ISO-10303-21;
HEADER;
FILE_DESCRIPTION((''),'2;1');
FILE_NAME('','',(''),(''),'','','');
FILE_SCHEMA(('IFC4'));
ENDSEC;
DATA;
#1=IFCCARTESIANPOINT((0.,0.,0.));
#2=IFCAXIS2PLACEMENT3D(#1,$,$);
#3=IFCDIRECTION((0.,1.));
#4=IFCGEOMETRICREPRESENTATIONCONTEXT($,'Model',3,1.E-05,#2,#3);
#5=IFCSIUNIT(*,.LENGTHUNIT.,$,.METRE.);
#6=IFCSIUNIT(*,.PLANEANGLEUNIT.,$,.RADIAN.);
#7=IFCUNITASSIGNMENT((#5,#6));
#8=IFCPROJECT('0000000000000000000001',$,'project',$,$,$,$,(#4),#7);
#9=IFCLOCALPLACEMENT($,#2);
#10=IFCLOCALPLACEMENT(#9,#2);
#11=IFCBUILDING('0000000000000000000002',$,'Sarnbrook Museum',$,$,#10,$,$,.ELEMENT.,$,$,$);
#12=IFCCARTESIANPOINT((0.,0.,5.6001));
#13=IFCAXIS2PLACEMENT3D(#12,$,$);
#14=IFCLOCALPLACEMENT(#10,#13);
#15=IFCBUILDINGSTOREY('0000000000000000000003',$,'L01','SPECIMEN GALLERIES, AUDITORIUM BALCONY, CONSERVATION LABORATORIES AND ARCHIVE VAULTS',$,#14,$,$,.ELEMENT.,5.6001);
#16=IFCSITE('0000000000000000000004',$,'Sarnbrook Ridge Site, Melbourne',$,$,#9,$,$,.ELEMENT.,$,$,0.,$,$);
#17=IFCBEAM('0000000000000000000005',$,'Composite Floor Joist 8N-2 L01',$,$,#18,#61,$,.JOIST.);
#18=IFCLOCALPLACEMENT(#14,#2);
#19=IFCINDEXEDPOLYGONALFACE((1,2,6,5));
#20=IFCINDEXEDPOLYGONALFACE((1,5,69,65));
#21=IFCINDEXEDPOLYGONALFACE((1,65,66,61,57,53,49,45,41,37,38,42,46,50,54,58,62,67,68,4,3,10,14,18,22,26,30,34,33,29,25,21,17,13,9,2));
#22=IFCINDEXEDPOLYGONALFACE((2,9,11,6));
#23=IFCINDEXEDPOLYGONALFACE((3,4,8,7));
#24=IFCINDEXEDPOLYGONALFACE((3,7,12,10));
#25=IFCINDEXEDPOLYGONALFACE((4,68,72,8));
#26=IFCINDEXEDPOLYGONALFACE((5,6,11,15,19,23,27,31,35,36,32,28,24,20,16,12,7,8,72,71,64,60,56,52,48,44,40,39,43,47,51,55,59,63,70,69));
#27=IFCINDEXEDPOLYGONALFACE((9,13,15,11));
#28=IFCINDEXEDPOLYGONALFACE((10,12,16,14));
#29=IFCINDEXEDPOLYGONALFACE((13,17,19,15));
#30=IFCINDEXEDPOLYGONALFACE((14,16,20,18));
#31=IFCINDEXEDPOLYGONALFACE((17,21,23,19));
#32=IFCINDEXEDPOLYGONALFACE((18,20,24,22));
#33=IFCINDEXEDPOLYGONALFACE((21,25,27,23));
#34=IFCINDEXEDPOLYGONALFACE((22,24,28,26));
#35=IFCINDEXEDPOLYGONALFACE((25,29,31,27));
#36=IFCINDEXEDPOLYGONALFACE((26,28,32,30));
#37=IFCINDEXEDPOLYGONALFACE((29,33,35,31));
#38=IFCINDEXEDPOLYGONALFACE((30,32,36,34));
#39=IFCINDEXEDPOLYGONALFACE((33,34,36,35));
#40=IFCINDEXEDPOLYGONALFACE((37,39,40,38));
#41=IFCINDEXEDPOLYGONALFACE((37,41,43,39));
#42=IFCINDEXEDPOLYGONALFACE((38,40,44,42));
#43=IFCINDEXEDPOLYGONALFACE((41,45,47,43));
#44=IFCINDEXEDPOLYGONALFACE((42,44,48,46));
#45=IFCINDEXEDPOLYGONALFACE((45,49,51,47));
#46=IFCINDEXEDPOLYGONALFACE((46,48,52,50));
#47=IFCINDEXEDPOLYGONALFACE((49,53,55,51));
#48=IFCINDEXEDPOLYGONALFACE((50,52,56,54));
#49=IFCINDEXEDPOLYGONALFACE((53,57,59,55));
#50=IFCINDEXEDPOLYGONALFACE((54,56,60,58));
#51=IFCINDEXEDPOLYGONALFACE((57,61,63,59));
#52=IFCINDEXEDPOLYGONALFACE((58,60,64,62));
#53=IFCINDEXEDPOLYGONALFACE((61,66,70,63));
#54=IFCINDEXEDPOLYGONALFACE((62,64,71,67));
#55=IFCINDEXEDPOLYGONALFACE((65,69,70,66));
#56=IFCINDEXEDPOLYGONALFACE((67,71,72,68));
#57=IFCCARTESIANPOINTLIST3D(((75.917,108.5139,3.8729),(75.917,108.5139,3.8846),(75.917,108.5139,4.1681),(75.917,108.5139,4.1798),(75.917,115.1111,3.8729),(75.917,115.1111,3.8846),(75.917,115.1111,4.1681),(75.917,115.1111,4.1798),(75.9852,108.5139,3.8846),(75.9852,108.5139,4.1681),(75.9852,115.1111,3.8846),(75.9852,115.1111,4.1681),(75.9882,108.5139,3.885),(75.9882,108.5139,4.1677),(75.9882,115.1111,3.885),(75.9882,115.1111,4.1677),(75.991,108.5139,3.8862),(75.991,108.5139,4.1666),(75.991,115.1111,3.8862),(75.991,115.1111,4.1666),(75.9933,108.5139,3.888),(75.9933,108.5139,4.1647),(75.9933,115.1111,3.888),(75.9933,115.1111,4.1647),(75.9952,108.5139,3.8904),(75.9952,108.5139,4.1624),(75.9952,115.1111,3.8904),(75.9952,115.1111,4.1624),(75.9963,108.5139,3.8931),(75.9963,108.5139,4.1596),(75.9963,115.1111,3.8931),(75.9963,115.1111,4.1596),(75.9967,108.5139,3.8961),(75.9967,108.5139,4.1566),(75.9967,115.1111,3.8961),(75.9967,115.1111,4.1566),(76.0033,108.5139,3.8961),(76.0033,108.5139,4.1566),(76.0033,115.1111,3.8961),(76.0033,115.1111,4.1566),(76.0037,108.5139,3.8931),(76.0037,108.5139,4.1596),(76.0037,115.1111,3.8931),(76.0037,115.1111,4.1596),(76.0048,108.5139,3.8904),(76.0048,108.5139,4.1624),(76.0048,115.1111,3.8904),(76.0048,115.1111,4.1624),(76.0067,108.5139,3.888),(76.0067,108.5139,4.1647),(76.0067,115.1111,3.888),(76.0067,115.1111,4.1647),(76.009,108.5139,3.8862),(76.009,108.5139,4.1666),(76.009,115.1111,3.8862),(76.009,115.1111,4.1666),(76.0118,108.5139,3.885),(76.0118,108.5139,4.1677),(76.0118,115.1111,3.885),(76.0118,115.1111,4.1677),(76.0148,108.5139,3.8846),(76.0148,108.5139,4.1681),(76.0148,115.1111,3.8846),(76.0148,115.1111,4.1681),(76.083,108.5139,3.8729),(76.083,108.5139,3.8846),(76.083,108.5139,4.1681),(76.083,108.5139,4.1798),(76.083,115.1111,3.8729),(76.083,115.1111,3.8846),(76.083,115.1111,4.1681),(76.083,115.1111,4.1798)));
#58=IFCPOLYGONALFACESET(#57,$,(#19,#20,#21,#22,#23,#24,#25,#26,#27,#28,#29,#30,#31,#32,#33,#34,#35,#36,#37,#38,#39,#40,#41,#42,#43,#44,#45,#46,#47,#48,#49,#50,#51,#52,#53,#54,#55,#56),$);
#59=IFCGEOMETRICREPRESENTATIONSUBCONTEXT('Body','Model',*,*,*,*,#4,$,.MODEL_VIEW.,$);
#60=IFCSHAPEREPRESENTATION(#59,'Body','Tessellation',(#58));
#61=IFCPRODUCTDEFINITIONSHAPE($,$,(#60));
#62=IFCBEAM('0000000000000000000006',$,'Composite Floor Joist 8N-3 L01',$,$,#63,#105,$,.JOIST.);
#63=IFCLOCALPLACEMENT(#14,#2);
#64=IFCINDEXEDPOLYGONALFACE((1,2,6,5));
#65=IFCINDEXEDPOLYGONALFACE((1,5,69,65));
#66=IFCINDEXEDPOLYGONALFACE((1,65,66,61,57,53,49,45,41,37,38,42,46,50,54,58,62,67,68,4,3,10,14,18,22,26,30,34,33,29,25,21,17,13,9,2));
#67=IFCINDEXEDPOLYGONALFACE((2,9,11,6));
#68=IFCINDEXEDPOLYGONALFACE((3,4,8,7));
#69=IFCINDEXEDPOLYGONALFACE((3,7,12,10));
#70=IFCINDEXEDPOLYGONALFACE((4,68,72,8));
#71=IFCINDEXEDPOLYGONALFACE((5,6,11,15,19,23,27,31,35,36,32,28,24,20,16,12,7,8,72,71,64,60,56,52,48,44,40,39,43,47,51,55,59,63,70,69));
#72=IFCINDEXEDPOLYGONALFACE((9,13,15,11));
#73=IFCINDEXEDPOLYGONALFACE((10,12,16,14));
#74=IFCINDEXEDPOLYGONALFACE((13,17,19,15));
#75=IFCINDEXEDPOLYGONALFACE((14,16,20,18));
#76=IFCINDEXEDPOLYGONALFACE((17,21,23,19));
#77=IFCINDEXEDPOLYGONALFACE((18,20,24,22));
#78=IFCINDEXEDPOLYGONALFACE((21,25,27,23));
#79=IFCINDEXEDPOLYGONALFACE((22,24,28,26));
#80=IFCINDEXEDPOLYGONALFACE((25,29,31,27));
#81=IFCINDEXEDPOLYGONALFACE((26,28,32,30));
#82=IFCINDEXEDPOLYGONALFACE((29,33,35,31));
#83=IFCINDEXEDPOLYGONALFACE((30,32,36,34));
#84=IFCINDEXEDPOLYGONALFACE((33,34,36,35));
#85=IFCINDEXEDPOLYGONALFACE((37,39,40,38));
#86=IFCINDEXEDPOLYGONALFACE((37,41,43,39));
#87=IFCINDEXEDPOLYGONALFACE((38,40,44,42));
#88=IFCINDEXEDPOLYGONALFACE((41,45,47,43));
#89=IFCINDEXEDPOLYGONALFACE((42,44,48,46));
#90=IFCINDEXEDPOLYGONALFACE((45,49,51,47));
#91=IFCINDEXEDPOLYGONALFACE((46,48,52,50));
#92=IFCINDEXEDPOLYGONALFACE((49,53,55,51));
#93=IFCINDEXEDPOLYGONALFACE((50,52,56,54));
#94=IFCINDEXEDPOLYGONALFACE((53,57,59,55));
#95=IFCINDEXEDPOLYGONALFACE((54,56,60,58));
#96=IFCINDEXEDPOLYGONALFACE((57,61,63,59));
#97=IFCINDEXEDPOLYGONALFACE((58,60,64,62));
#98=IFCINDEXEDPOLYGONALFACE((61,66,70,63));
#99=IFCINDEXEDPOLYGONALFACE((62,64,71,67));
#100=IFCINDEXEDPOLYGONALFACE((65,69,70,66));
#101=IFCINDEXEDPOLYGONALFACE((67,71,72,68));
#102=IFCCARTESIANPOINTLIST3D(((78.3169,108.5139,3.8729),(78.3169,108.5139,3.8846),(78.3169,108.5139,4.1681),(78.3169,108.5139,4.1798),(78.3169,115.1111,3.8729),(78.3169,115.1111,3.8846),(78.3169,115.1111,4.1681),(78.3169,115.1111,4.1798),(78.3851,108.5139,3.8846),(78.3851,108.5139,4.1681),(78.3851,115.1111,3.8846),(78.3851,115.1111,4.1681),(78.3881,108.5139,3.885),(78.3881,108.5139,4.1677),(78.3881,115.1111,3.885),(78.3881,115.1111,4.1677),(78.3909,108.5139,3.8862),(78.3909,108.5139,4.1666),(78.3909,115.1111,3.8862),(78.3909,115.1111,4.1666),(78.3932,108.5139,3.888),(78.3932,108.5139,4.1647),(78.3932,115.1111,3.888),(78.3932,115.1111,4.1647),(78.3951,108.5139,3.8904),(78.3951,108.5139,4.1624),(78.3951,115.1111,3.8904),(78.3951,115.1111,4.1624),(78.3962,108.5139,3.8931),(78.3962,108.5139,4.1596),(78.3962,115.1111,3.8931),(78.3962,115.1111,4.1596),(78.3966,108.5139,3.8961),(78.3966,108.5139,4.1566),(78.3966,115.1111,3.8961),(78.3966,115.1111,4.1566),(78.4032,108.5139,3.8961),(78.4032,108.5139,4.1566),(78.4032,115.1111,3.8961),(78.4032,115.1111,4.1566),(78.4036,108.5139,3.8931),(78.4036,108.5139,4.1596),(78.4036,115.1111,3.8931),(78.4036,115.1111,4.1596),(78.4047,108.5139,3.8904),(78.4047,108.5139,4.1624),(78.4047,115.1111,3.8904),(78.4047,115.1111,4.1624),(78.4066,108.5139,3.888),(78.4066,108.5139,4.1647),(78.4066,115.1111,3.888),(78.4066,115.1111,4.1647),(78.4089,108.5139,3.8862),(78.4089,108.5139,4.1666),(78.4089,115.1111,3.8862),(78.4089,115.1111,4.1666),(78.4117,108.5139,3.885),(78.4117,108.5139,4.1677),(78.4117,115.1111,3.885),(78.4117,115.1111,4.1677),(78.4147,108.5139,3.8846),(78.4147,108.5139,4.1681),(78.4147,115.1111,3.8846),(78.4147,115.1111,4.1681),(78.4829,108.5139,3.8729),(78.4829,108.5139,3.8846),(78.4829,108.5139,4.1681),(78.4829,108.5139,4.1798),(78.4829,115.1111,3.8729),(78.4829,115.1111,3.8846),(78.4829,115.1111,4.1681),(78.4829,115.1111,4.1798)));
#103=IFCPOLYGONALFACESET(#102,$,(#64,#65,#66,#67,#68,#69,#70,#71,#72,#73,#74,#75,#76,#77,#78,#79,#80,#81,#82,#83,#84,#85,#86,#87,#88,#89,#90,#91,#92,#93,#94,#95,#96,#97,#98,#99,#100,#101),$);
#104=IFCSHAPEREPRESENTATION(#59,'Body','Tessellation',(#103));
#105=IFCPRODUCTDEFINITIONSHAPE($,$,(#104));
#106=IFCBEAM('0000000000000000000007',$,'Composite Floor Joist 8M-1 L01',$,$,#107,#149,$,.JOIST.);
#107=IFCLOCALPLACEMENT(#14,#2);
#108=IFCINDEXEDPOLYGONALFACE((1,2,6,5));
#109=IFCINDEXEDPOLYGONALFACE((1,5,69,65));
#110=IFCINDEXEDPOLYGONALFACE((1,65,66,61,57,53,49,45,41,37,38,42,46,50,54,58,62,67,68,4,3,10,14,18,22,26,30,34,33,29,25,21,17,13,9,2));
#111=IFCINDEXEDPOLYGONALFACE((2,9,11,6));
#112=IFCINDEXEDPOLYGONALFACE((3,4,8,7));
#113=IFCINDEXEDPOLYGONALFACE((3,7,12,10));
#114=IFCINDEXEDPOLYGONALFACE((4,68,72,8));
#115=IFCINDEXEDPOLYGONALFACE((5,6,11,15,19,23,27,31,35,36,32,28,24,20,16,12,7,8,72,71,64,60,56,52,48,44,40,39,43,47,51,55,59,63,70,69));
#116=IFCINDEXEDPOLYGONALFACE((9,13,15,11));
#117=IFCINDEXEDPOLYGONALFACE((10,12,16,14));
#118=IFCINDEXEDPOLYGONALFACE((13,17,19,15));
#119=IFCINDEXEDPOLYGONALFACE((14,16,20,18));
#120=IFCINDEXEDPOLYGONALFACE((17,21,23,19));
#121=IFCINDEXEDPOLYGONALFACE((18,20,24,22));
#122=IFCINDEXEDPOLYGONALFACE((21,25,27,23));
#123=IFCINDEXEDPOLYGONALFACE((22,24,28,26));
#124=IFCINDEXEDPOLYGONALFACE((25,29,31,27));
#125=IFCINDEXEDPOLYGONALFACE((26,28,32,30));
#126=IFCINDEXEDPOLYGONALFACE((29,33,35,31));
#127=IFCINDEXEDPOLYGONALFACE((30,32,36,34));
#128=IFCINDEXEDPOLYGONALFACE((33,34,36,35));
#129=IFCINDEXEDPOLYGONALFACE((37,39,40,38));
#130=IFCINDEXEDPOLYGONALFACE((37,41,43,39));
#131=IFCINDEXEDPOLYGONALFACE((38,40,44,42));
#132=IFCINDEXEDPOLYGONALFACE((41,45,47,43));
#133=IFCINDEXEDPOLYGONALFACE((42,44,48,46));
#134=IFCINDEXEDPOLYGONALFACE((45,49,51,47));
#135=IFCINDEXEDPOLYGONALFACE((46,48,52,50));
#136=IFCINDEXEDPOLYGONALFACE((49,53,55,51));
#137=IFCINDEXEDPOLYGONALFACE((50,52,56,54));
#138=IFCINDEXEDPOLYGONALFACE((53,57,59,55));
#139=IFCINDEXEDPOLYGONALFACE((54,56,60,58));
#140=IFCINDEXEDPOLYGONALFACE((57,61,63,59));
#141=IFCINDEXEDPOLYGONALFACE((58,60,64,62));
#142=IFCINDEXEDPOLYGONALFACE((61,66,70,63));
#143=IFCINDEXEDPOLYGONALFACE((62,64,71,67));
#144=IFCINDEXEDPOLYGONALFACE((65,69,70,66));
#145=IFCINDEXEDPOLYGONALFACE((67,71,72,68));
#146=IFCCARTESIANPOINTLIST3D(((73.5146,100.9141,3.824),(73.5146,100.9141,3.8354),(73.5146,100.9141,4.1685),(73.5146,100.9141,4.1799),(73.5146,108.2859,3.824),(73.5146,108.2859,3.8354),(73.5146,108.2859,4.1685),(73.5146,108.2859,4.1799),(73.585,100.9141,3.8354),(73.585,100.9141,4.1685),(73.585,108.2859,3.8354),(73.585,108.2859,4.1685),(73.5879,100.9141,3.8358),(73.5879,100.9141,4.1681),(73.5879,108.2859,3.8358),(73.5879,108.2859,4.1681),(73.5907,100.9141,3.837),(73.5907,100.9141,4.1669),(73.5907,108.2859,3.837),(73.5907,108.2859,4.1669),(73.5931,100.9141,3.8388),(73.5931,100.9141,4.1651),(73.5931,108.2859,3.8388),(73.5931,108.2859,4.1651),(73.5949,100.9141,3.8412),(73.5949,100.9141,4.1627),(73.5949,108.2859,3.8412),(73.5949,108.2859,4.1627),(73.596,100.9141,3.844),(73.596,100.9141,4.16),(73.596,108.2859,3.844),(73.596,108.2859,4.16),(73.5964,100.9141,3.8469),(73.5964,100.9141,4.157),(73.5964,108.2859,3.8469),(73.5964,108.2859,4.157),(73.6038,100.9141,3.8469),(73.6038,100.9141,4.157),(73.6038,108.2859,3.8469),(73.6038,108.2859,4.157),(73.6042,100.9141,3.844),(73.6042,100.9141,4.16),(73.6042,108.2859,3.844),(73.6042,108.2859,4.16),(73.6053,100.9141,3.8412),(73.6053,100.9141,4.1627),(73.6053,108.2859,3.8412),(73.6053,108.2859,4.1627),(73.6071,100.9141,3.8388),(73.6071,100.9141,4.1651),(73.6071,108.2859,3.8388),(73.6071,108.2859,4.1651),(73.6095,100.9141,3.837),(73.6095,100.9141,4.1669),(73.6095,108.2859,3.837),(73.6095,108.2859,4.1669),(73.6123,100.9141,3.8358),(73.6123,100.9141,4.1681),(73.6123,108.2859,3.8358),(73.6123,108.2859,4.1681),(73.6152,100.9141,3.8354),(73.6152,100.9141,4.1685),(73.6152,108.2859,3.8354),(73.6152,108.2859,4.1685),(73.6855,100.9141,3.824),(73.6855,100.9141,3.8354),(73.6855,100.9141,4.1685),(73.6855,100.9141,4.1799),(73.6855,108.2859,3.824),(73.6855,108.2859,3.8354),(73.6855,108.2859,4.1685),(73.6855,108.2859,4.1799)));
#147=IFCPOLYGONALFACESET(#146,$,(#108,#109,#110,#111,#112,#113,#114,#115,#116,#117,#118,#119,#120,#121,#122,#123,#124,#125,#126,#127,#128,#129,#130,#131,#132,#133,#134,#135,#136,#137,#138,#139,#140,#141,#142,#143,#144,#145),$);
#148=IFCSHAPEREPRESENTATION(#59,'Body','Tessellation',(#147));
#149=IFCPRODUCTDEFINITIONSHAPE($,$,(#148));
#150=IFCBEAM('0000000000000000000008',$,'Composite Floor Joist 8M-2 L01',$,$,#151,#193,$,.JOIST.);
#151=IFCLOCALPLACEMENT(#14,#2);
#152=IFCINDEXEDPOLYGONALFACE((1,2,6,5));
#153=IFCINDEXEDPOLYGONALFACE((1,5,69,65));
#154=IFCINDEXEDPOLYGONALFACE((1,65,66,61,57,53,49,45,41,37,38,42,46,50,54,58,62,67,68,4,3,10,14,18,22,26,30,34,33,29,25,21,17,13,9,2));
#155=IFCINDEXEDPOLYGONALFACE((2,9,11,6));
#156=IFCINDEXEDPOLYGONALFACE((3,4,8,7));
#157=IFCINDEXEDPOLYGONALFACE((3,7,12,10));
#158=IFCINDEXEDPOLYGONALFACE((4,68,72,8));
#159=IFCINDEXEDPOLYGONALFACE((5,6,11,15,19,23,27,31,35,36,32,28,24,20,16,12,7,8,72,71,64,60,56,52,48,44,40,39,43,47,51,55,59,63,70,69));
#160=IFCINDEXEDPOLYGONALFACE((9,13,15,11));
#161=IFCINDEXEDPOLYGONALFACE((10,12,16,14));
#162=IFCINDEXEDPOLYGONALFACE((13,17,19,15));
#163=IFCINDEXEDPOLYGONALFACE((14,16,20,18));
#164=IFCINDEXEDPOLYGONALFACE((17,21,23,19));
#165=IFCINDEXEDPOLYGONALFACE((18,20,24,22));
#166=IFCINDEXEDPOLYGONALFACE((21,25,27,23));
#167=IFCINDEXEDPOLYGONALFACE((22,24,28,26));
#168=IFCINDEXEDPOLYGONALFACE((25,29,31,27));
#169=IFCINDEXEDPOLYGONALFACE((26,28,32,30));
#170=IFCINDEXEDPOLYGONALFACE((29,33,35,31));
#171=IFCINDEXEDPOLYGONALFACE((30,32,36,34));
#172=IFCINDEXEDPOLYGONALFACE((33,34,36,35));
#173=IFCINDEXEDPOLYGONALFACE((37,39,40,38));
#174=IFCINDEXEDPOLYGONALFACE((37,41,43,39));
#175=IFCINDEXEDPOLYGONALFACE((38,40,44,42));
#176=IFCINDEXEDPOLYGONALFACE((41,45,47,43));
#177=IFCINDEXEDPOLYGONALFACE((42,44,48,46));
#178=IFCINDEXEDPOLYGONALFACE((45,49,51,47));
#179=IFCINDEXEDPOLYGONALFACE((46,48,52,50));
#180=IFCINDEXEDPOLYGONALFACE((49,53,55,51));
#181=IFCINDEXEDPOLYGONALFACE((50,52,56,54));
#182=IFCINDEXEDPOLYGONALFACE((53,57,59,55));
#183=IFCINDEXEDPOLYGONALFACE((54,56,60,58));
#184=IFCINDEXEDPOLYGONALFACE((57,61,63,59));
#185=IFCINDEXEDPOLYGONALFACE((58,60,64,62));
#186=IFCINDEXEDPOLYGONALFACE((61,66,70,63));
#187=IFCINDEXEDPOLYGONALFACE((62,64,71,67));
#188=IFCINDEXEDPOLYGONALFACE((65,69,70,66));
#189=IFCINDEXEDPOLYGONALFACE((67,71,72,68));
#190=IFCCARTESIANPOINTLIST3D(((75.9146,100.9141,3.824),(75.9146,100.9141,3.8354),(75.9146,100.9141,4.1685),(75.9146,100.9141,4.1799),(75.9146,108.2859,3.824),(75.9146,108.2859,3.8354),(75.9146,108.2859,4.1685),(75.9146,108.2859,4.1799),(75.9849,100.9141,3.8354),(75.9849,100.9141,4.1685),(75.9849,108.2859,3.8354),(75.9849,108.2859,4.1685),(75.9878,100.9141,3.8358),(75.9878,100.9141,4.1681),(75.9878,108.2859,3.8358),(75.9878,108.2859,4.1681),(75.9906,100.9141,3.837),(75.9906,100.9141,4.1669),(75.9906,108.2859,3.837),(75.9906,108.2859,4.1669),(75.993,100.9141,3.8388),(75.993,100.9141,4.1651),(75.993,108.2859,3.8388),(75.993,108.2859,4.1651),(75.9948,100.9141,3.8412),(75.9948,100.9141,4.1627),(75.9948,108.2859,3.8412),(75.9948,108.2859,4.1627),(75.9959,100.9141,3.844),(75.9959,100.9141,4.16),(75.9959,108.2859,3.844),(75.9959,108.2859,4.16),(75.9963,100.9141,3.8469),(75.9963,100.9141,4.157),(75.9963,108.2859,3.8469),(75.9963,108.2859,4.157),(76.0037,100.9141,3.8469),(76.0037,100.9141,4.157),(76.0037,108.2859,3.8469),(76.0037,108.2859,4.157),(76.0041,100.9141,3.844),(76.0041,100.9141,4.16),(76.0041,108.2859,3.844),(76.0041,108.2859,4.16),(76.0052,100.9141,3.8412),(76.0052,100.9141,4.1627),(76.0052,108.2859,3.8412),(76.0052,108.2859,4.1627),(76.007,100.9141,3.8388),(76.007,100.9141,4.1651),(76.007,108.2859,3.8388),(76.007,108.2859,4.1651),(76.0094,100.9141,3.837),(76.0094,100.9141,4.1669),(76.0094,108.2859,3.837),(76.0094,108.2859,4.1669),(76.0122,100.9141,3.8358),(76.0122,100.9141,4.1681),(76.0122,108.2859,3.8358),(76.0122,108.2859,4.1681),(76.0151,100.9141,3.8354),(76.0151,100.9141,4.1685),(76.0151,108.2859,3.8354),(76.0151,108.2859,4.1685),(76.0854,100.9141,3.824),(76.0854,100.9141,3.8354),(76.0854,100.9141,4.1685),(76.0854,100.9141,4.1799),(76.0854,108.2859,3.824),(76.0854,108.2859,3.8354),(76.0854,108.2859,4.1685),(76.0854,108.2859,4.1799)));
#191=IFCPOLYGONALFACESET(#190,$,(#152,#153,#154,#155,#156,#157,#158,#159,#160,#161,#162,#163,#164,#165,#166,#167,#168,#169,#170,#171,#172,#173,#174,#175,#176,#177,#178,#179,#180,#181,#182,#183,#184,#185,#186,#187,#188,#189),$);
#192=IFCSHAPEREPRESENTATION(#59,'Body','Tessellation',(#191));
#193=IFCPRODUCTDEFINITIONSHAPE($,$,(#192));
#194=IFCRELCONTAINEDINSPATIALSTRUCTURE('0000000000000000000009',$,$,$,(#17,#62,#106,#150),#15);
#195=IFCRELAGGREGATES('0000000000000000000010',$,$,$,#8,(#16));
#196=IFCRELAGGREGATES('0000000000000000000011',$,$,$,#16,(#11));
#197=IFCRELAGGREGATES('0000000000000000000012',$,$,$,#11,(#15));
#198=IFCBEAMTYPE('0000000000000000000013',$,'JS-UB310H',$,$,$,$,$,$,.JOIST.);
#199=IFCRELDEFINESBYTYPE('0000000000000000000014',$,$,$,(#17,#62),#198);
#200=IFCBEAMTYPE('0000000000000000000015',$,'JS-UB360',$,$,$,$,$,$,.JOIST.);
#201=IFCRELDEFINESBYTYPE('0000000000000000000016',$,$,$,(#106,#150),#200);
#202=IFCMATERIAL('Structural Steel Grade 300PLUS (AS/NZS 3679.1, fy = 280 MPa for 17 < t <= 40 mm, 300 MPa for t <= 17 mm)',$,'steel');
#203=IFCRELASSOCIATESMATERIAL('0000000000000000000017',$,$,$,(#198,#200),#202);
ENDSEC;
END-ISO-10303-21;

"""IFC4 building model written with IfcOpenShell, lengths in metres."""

from ifc_helpers import new_model, si_unit, direction, frame, origin, origin_2d, place, context, subcontext, project, spatial, i_section, extrude, material, material_profile, profile_set, type_object, element, save


model = new_model("IFC4")

# Units and contexts
model_context = context("Model", 3, precision=1e-05, world=origin(), true_north=direction((0.0, 1.0)))
body_context = subcontext(model_context, "Body", "Model", "MODEL_VIEW")
ifc_project = project(units=[si_unit("LENGTHUNIT", "METRE"), si_unit("PLANEANGLEUNIT", "RADIAN")], contexts=[model_context])

# Site, building, storey
site_placement = place(None, origin())
site = spatial("IfcSite", under=ifc_project, at=site_placement, Name="Sarnbrook Ridge Site, Melbourne", CompositionType="ELEMENT", RefElevation=0.0)
building_placement = place(site_placement, origin())
building = spatial("IfcBuilding", under=site, at=building_placement, Name="Sarnbrook Museum", CompositionType="ELEMENT")
storey_placement = place(building_placement, frame((0.0, 0.0, 5.6001)))
storey = spatial("IfcBuildingStorey", under=building, at=storey_placement, Name="L01", Description="SPECIMEN GALLERIES, AUDITORIUM BALCONY, CONSERVATION LABORATORIES AND ARCHIVE VAULTS", CompositionType="ELEMENT", Elevation=5.6001)

# Beams
ifc_material_1 = material(Name="Structural Steel Grade 300PLUS (AS/NZS 3679.1, fy = 280 MPa for 17 < t <= 40 mm, 300 MPa for t <= 17 mm)", Category="steel")
ifc_material_profile_1 = material_profile(ifc_material_1, i_section(OverallWidth=0.166, OverallDepth=0.3069, WebThickness=0.0066, FlangeThickness=0.0117, FilletRadius=0.0115, at=origin_2d()), Name="310UB46.2")
ifc_profile_set_1 = profile_set([ifc_material_profile_1], Name="Structural Steel Grade 300PLUS (AS/NZS 3679.1, fy = 280 MPa for 17 < t <= 40 mm, 300 MPa for t <= 17 mm)")
beam_type_1 = type_object("IfcBeamType", Name="JS-UB310H", PredefinedType="JOIST", material=ifc_profile_set_1)
for number, where, z_axis, x_axis, name in (
    (1, (76.0, 108.5139, 4.0264), (0.0, 1.0, 0.0), (-1.0, 0.0, 0.0), "Composite Floor Joist 8N-2 L01"),
    (2, (78.3999, 108.5139, 4.0264), (0.0, 1.0, 0.0), (-1.0, 0.0, 0.0), "Composite Floor Joist 8N-3 L01"),
):
    element("IfcBeam", number, at=place(storey_placement, frame(where, z_axis=z_axis, x_axis=x_axis)), inside=storey, type_object=beam_type_1, Name=name, PredefinedType="JOIST", context=body_context, shape_type="SweptSolid", body=[
        extrude(i_section(OverallWidth=0.166, OverallDepth=0.3069, WebThickness=0.0066, FlangeThickness=0.0117, FilletRadius=0.0115, at=origin_2d()), origin(), (0.0, 0.0, 1.0), 6.5972),
    ])
ifc_material_profile_2 = material_profile(ifc_material_1, i_section(OverallWidth=0.1709, OverallDepth=0.356, WebThickness=0.0073, FlangeThickness=0.0115, FilletRadius=0.0115, at=origin_2d()), Name="360UB50.7")
ifc_profile_set_2 = profile_set([ifc_material_profile_2], Name="Structural Steel Grade 300PLUS (AS/NZS 3679.1, fy = 280 MPa for 17 < t <= 40 mm, 300 MPa for t <= 17 mm)")
beam_type_2 = type_object("IfcBeamType", Name="JS-UB360", PredefinedType="JOIST", material=ifc_profile_set_2)
for number, where, z_axis, x_axis, name in (
    (3, (73.6001, 100.9141, 4.002), (0.0, 1.0, 0.0), (-1.0, 0.0, 0.0), "Composite Floor Joist 8M-1 L01"),
    (4, (76.0, 100.9141, 4.002), (0.0, 1.0, 0.0), (-1.0, 0.0, 0.0), "Composite Floor Joist 8M-2 L01"),
):
    element("IfcBeam", number, at=place(storey_placement, frame(where, z_axis=z_axis, x_axis=x_axis)), inside=storey, type_object=beam_type_2, Name=name, PredefinedType="JOIST", context=body_context, shape_type="SweptSolid", body=[
        extrude(i_section(OverallWidth=0.1709, OverallDepth=0.356, WebThickness=0.0073, FlangeThickness=0.0115, FilletRadius=0.0115, at=origin_2d()), origin(), (0.0, 0.0, 1.0), 7.3718),
    ])

save(model, "model.ifc")
